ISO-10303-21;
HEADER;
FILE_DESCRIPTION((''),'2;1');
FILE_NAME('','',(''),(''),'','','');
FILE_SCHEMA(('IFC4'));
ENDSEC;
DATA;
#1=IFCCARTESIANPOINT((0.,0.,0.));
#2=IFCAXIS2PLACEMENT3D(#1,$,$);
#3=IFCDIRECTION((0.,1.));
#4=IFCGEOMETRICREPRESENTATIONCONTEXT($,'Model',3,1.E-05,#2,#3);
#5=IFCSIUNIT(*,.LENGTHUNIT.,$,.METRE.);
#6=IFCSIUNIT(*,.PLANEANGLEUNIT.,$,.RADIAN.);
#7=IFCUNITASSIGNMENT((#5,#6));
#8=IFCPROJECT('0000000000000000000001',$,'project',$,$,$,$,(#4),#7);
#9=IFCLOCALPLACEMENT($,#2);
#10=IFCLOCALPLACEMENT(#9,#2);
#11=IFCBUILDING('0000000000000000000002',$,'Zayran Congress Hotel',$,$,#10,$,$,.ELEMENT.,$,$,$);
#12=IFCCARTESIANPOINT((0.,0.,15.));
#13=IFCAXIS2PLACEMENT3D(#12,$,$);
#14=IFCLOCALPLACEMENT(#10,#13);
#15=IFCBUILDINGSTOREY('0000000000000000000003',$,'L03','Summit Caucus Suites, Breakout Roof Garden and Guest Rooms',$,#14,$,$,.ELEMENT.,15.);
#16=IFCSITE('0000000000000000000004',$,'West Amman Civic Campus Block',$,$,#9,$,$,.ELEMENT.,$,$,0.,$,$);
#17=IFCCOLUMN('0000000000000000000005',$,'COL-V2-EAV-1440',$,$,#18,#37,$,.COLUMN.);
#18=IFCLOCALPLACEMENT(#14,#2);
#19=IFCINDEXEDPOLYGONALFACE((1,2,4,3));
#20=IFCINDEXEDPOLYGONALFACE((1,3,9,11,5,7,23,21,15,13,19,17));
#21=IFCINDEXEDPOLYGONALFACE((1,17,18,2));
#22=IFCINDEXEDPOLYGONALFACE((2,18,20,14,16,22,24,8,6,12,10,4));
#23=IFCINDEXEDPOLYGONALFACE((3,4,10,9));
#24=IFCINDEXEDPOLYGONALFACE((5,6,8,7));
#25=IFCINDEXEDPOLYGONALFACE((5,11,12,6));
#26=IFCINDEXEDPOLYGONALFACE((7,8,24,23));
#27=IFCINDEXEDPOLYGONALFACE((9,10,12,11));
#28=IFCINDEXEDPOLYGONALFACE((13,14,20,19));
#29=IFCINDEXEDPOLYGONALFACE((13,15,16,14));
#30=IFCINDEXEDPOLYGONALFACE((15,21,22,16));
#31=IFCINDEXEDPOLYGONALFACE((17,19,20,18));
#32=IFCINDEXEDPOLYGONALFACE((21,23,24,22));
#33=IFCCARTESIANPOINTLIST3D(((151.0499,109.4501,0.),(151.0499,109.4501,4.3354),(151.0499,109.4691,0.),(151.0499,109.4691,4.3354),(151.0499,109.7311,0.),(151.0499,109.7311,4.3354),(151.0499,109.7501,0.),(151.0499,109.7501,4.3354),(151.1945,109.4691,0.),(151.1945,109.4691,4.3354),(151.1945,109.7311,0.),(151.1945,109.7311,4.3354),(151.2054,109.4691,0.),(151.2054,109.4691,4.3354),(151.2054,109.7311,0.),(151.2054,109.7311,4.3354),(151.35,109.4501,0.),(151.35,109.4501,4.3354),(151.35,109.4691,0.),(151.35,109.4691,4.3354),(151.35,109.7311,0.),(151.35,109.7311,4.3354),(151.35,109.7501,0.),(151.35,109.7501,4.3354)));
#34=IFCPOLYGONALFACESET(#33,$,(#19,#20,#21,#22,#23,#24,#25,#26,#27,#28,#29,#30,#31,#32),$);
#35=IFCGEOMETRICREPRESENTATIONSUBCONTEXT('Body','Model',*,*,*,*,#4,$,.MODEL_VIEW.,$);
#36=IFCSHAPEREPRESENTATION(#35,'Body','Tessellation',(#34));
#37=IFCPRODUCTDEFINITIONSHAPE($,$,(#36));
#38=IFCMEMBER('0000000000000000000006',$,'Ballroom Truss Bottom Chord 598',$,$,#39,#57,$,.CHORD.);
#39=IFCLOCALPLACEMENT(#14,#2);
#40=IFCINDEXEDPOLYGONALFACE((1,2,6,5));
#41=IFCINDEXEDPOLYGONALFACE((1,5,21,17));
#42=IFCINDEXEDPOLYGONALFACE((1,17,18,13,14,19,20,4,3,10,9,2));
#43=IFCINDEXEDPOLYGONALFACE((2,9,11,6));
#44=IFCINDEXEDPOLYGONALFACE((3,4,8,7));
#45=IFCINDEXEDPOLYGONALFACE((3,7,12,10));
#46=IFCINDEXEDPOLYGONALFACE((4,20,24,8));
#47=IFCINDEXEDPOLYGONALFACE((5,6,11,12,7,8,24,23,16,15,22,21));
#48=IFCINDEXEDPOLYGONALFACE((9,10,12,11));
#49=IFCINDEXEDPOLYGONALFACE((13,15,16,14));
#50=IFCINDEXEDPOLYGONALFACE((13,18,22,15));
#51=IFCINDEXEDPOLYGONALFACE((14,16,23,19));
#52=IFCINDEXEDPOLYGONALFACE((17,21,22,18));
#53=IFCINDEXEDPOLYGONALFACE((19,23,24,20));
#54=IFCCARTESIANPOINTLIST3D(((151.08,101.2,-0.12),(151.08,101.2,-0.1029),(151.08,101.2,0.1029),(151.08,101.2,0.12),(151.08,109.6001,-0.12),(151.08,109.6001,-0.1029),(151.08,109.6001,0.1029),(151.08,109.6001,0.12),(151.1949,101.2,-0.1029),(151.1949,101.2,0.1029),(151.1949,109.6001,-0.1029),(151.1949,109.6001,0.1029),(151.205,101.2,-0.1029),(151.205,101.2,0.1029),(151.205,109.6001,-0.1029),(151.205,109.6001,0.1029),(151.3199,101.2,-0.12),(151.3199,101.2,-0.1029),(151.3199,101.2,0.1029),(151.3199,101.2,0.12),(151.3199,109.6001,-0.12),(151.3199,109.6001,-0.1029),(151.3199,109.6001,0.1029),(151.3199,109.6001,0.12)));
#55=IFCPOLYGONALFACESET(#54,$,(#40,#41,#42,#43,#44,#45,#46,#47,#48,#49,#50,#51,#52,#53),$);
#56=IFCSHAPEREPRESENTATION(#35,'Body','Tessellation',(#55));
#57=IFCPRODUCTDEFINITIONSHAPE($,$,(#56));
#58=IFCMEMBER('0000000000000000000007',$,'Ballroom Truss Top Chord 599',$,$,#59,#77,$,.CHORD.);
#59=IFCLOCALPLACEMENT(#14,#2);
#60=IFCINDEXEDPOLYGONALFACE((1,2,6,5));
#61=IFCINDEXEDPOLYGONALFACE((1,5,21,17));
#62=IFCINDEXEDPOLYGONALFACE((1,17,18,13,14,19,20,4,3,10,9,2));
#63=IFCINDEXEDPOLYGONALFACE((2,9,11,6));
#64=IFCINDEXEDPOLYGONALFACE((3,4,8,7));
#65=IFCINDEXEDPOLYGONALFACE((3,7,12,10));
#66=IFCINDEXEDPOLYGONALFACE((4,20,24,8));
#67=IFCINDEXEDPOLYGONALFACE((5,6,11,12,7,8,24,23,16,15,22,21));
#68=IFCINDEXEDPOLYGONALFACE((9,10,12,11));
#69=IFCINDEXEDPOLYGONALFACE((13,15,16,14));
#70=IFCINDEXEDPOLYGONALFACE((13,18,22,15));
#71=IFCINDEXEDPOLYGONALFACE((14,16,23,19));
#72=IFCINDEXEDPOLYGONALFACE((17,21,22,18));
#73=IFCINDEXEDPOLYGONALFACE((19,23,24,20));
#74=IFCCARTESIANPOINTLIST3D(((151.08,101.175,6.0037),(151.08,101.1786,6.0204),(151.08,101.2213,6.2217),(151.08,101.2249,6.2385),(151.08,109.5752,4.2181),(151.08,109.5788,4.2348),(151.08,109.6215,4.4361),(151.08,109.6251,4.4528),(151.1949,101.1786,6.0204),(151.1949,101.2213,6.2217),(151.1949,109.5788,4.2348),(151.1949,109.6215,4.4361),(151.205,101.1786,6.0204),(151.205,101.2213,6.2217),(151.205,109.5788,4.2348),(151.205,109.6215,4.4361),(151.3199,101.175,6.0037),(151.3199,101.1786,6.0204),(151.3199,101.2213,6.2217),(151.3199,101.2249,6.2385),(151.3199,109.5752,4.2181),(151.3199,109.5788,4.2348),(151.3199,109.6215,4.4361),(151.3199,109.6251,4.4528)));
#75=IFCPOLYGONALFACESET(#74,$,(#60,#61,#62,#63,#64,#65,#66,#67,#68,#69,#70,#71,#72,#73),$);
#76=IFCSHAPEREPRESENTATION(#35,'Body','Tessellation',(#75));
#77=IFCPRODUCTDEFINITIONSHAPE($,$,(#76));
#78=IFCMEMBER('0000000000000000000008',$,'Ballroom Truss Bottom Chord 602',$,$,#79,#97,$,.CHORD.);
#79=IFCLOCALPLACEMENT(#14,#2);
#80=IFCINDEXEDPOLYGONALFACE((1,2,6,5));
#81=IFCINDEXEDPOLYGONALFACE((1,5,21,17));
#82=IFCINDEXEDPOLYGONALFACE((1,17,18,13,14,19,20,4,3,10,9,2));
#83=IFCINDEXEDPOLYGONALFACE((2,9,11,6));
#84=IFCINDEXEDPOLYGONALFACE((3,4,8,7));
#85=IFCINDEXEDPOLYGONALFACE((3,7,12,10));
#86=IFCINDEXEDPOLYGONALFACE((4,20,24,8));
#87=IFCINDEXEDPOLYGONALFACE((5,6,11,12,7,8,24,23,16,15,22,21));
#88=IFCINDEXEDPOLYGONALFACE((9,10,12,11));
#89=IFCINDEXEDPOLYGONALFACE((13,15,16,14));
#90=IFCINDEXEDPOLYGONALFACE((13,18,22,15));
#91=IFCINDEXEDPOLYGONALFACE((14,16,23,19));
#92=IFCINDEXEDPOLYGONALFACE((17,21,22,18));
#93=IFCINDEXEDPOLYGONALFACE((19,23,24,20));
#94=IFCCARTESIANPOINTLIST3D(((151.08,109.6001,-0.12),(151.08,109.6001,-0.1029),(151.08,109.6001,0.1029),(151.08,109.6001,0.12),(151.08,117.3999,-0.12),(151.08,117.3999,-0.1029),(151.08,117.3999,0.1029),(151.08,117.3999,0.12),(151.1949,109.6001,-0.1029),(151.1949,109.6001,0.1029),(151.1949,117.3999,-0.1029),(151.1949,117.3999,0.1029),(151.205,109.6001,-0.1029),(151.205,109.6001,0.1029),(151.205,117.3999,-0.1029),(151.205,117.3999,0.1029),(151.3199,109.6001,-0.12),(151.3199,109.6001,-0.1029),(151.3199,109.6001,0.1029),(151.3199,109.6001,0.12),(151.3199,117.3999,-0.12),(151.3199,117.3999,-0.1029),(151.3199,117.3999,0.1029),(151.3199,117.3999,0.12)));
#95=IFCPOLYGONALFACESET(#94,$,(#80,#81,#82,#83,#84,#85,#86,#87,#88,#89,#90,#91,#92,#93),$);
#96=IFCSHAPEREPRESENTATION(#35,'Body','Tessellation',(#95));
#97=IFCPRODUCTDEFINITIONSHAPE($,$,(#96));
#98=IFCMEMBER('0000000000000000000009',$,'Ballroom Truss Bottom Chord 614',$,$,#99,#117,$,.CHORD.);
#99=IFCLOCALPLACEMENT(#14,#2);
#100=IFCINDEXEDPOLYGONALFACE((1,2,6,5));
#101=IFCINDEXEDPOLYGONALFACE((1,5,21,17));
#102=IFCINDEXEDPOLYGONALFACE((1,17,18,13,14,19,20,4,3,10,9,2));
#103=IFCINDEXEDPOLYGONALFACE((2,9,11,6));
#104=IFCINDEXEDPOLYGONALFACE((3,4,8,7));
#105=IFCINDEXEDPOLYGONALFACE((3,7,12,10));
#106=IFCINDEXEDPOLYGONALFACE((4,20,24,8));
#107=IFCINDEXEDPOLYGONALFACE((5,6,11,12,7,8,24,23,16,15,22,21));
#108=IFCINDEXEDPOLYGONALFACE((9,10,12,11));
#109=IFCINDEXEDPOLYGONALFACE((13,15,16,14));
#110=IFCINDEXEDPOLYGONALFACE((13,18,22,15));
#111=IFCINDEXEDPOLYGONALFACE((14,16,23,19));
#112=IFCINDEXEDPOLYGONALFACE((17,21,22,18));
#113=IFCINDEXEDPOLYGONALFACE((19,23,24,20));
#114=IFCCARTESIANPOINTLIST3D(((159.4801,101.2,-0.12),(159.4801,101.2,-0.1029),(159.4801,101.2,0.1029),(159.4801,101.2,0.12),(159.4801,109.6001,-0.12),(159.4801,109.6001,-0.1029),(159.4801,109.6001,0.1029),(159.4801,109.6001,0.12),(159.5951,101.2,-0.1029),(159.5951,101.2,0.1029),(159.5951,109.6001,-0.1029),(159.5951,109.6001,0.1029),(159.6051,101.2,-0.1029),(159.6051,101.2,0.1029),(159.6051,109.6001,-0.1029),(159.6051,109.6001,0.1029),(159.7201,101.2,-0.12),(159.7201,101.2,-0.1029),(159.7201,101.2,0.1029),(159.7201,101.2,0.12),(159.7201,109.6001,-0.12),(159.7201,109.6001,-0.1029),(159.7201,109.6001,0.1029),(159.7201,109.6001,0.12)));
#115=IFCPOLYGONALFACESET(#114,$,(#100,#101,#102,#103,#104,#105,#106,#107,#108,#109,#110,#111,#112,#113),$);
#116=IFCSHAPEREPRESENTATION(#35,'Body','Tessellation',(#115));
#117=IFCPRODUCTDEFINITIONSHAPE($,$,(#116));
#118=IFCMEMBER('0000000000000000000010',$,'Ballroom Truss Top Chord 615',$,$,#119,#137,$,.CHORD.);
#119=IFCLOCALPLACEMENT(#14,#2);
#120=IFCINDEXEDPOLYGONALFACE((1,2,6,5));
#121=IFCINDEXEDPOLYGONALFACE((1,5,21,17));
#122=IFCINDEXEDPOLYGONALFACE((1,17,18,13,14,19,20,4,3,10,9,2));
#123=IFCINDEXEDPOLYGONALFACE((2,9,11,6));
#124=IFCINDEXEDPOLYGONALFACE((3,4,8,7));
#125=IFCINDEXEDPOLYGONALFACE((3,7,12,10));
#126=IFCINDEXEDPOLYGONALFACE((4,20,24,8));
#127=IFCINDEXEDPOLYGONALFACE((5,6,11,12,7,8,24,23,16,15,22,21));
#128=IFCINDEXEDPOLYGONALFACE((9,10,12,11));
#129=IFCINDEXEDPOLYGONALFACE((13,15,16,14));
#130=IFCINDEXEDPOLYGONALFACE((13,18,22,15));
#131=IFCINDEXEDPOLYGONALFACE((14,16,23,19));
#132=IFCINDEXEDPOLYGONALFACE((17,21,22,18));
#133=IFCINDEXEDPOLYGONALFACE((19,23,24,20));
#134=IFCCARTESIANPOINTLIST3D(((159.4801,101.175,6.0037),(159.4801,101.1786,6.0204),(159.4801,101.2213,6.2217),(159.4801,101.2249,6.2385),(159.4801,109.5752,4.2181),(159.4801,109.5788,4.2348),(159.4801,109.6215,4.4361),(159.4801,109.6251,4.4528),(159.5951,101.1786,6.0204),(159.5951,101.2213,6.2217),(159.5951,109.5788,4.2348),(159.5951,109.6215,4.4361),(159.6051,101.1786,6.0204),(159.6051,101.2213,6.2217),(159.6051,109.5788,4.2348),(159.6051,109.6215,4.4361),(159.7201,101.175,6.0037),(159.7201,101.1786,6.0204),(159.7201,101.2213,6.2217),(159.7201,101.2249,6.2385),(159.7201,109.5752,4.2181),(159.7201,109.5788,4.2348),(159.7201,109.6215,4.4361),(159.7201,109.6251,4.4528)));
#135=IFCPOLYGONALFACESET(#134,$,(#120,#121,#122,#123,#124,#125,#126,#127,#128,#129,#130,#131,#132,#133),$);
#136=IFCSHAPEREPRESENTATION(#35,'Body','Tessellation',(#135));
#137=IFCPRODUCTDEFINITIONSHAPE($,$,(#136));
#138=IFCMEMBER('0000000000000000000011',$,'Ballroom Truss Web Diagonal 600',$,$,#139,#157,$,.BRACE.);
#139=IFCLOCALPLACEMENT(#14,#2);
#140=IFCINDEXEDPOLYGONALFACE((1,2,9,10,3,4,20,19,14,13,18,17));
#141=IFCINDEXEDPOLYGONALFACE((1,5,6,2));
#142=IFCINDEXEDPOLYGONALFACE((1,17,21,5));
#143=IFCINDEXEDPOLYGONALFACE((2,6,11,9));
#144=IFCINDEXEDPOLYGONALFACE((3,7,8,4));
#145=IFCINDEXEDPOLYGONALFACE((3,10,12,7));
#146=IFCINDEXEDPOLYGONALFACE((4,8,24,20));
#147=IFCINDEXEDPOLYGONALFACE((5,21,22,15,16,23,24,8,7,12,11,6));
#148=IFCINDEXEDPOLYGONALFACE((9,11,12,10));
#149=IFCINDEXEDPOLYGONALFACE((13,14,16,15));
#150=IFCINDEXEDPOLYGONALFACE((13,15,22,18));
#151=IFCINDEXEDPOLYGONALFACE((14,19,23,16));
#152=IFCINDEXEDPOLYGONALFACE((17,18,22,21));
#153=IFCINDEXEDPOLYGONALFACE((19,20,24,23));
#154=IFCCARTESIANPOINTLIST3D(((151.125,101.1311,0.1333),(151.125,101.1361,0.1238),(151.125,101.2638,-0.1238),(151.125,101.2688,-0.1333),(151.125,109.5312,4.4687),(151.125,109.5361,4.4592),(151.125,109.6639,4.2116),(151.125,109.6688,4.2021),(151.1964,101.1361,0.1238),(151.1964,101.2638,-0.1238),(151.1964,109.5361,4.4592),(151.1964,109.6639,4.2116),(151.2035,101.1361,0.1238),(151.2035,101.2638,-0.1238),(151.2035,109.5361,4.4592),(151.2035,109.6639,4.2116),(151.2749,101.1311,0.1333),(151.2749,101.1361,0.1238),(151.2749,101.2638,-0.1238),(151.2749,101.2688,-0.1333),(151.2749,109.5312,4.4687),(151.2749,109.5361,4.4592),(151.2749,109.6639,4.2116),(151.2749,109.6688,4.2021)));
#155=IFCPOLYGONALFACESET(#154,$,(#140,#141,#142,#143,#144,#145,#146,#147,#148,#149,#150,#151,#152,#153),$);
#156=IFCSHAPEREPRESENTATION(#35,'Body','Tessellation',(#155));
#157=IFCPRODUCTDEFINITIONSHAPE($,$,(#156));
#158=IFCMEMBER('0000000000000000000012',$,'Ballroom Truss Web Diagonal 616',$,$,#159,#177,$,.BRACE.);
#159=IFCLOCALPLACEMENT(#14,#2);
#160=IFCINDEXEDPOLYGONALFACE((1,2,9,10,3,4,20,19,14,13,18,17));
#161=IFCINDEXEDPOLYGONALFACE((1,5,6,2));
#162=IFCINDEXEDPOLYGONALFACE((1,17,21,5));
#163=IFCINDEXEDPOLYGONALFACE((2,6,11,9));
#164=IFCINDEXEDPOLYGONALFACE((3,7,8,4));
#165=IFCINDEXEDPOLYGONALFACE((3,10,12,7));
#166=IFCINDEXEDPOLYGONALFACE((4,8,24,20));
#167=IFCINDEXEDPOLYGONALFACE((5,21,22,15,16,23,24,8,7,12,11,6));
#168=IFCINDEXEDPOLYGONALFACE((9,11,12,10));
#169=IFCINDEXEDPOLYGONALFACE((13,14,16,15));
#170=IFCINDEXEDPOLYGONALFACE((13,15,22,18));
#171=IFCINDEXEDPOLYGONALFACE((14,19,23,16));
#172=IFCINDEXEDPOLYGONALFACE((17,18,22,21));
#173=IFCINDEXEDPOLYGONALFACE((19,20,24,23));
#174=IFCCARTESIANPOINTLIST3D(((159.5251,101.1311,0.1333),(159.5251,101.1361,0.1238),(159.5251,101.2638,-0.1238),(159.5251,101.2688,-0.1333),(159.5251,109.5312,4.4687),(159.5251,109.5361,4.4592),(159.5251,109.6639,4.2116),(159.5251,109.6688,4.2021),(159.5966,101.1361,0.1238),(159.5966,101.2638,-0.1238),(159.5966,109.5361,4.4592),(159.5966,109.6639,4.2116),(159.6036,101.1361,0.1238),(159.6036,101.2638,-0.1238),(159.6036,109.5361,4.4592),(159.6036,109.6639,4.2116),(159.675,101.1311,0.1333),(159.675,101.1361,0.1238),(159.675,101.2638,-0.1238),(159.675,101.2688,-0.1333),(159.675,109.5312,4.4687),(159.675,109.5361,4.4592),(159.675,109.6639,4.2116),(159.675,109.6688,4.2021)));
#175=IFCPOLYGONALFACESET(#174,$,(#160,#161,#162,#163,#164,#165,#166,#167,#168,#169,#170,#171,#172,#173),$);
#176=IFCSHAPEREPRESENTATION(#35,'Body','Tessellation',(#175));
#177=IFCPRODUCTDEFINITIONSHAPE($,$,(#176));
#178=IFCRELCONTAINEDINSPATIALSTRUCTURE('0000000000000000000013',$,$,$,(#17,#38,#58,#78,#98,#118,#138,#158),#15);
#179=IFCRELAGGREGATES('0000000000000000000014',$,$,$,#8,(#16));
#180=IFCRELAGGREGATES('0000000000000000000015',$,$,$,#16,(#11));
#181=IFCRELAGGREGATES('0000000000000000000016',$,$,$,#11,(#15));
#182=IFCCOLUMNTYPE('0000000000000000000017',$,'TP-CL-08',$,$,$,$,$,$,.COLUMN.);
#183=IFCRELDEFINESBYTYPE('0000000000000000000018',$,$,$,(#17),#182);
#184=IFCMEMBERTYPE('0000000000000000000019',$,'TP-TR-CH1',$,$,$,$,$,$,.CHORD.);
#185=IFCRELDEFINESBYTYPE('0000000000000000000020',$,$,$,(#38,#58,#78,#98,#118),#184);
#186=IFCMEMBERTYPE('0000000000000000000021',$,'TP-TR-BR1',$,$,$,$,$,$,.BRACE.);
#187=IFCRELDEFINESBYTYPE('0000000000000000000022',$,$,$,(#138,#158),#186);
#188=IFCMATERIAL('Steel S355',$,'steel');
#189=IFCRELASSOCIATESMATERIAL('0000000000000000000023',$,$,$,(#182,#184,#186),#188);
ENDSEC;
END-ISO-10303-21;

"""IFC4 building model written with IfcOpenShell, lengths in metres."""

from ifc_helpers import new_model, si_unit, direction, frame, origin, origin_2d, place, context, subcontext, project, spatial, i_section, extrude, material, material_profile, profile_set, type_object, element, save


model = new_model("IFC4")

# Units and contexts
model_context = context("Model", 3, precision=1e-05, world=origin(), true_north=direction((0.0, 1.0)))
body_context = subcontext(model_context, "Body", "Model", "MODEL_VIEW")
ifc_project = project(units=[si_unit("LENGTHUNIT", "METRE"), si_unit("PLANEANGLEUNIT", "RADIAN")], contexts=[model_context])

# Site, building, storey
site_placement = place(None, origin())
site = spatial("IfcSite", under=ifc_project, at=site_placement, Name="West Amman Civic Campus Block", CompositionType="ELEMENT", RefElevation=0.0)
building_placement = place(site_placement, origin())
building = spatial("IfcBuilding", under=site, at=building_placement, Name="Zayran Congress Hotel", CompositionType="ELEMENT")
storey_placement = place(building_placement, frame((0.0, 0.0, 15.0)))
storey = spatial("IfcBuildingStorey", under=building, at=storey_placement, Name="L03", Description="Summit Caucus Suites, Breakout Roof Garden and Guest Rooms", CompositionType="ELEMENT", Elevation=15.0)

# Column
ifc_material_1 = material(Name="Steel S355", Category="steel")
ifc_material_profile_1 = material_profile(ifc_material_1, i_section(OverallWidth=0.3, OverallDepth=0.3, WebThickness=0.011, FlangeThickness=0.019, at=origin_2d()), Name="HEB 300")
ifc_profile_set_1 = profile_set([ifc_material_profile_1], Name="Steel S355")
column_type = type_object("IfcColumnType", Name="TP-CL-08", PredefinedType="COLUMN", material=ifc_profile_set_1)
column_placement = place(storey_placement, frame((151.2, 109.6001, 0.0), z_axis=(0.0, 0.0, 1.0), x_axis=(1.0, 0.0, 0.0)))
element("IfcColumn", 1, at=column_placement, inside=storey, type_object=column_type, Name="COL-V2-EAV-1440", PredefinedType="COLUMN", context=body_context, shape_type="SweptSolid", body=[
    extrude(i_section(OverallWidth=0.3, OverallDepth=0.3, WebThickness=0.011, FlangeThickness=0.019, at=origin_2d()), origin(), (0.0, 0.0, 1.0), 4.3354),
])

# Members
ifc_material_profile_2 = material_profile(ifc_material_1, i_section(OverallWidth=0.24, OverallDepth=0.24, WebThickness=0.01, FlangeThickness=0.0171, at=origin_2d()), Name="HEB 240")
ifc_profile_set_2 = profile_set([ifc_material_profile_2], Name="Steel S355")
member_type_1 = type_object("IfcMemberType", Name="TP-TR-CH1", PredefinedType="CHORD", material=ifc_profile_set_2)
member_1_placement = place(storey_placement, frame((151.2, 101.2, 0.0), z_axis=(0.0, 1.0, 0.0), x_axis=(-1.0, 0.0, 0.0)))
element("IfcMember", 2, at=member_1_placement, inside=storey, type_object=member_type_1, Name="Ballroom Truss Bottom Chord 598", PredefinedType="CHORD", context=body_context, shape_type="SweptSolid", body=[
    extrude(i_section(OverallWidth=0.24, OverallDepth=0.24, WebThickness=0.01, FlangeThickness=0.0171, at=origin_2d()), origin(), (0.0, 0.0, 1.0), 8.4001),
])
member_2_placement = place(storey_placement, frame((151.2, 101.2, 6.1211), z_axis=(0.0, 0.978144, -0.207927), x_axis=(-1.0, 0.0, 0.0)))
element("IfcMember", 3, at=member_2_placement, inside=storey, type_object=member_type_1, Name="Ballroom Truss Top Chord 599", PredefinedType="CHORD", context=body_context, shape_type="SweptSolid", body=[
    extrude(i_section(OverallWidth=0.24, OverallDepth=0.24, WebThickness=0.01, FlangeThickness=0.0171, at=origin_2d()), origin(), (0.0, 0.0, 1.0), 8.5879),
])
member_3_placement = place(storey_placement, frame((151.2, 109.6001, 0.0), z_axis=(0.0, 1.0, 0.0), x_axis=(-1.0, 0.0, 0.0)))
element("IfcMember", 4, at=member_3_placement, inside=storey, type_object=member_type_1, Name="Ballroom Truss Bottom Chord 602", PredefinedType="CHORD", context=body_context, shape_type="SweptSolid", body=[
    extrude(i_section(OverallWidth=0.24, OverallDepth=0.24, WebThickness=0.01, FlangeThickness=0.0171, at=origin_2d()), origin(), (0.0, 0.0, 1.0), 7.7998),
])
member_4_placement = place(storey_placement, frame((159.6001, 101.2, 0.0), z_axis=(0.0, 1.0, 0.0), x_axis=(-1.0, 0.0, 0.0)))
element("IfcMember", 5, at=member_4_placement, inside=storey, type_object=member_type_1, Name="Ballroom Truss Bottom Chord 614", PredefinedType="CHORD", context=body_context, shape_type="SweptSolid", body=[
    extrude(i_section(OverallWidth=0.24, OverallDepth=0.24, WebThickness=0.01, FlangeThickness=0.0171, at=origin_2d()), origin(), (0.0, 0.0, 1.0), 8.4001),
])
member_5_placement = place(storey_placement, frame((159.6001, 101.2, 6.1211), z_axis=(0.0, 0.978144, -0.207927), x_axis=(-1.0, 0.0, 0.0)))
element("IfcMember", 6, at=member_5_placement, inside=storey, type_object=member_type_1, Name="Ballroom Truss Top Chord 615", PredefinedType="CHORD", context=body_context, shape_type="SweptSolid", body=[
    extrude(i_section(OverallWidth=0.24, OverallDepth=0.24, WebThickness=0.01, FlangeThickness=0.0171, at=origin_2d()), origin(), (0.0, 0.0, 1.0), 8.5879),
])
ifc_material_profile_3 = material_profile(ifc_material_1, i_section(OverallWidth=0.1499, OverallDepth=0.3, WebThickness=0.0071, FlangeThickness=0.0107, at=origin_2d()), Name="IPE 300")
ifc_profile_set_3 = profile_set([ifc_material_profile_3], Name="Steel S355")
member_type_2 = type_object("IfcMemberType", Name="TP-TR-BR1", PredefinedType="BRACE", material=ifc_profile_set_3)
for number, where, z_axis, x_axis, name in (
    (7, (151.2, 101.2, 0.0), (0.0, 0.888625, 0.458634), (-1.0, 0.0, 0.0), "Ballroom Truss Web Diagonal 600"),
    (8, (159.6001, 101.2, 0.0), (0.0, 0.888625, 0.458634), (-1.0, 0.0, 0.0), "Ballroom Truss Web Diagonal 616"),
):
    element("IfcMember", number, at=place(storey_placement, frame(where, z_axis=z_axis, x_axis=x_axis)), inside=storey, type_object=member_type_2, Name=name, PredefinedType="BRACE", context=body_context, shape_type="SweptSolid", body=[
        extrude(i_section(OverallWidth=0.1499, OverallDepth=0.3, WebThickness=0.0071, FlangeThickness=0.0107, at=origin_2d()), origin(), (0.0, 0.0, 1.0), 9.4529),
    ])

save(model, "model.ifc")
